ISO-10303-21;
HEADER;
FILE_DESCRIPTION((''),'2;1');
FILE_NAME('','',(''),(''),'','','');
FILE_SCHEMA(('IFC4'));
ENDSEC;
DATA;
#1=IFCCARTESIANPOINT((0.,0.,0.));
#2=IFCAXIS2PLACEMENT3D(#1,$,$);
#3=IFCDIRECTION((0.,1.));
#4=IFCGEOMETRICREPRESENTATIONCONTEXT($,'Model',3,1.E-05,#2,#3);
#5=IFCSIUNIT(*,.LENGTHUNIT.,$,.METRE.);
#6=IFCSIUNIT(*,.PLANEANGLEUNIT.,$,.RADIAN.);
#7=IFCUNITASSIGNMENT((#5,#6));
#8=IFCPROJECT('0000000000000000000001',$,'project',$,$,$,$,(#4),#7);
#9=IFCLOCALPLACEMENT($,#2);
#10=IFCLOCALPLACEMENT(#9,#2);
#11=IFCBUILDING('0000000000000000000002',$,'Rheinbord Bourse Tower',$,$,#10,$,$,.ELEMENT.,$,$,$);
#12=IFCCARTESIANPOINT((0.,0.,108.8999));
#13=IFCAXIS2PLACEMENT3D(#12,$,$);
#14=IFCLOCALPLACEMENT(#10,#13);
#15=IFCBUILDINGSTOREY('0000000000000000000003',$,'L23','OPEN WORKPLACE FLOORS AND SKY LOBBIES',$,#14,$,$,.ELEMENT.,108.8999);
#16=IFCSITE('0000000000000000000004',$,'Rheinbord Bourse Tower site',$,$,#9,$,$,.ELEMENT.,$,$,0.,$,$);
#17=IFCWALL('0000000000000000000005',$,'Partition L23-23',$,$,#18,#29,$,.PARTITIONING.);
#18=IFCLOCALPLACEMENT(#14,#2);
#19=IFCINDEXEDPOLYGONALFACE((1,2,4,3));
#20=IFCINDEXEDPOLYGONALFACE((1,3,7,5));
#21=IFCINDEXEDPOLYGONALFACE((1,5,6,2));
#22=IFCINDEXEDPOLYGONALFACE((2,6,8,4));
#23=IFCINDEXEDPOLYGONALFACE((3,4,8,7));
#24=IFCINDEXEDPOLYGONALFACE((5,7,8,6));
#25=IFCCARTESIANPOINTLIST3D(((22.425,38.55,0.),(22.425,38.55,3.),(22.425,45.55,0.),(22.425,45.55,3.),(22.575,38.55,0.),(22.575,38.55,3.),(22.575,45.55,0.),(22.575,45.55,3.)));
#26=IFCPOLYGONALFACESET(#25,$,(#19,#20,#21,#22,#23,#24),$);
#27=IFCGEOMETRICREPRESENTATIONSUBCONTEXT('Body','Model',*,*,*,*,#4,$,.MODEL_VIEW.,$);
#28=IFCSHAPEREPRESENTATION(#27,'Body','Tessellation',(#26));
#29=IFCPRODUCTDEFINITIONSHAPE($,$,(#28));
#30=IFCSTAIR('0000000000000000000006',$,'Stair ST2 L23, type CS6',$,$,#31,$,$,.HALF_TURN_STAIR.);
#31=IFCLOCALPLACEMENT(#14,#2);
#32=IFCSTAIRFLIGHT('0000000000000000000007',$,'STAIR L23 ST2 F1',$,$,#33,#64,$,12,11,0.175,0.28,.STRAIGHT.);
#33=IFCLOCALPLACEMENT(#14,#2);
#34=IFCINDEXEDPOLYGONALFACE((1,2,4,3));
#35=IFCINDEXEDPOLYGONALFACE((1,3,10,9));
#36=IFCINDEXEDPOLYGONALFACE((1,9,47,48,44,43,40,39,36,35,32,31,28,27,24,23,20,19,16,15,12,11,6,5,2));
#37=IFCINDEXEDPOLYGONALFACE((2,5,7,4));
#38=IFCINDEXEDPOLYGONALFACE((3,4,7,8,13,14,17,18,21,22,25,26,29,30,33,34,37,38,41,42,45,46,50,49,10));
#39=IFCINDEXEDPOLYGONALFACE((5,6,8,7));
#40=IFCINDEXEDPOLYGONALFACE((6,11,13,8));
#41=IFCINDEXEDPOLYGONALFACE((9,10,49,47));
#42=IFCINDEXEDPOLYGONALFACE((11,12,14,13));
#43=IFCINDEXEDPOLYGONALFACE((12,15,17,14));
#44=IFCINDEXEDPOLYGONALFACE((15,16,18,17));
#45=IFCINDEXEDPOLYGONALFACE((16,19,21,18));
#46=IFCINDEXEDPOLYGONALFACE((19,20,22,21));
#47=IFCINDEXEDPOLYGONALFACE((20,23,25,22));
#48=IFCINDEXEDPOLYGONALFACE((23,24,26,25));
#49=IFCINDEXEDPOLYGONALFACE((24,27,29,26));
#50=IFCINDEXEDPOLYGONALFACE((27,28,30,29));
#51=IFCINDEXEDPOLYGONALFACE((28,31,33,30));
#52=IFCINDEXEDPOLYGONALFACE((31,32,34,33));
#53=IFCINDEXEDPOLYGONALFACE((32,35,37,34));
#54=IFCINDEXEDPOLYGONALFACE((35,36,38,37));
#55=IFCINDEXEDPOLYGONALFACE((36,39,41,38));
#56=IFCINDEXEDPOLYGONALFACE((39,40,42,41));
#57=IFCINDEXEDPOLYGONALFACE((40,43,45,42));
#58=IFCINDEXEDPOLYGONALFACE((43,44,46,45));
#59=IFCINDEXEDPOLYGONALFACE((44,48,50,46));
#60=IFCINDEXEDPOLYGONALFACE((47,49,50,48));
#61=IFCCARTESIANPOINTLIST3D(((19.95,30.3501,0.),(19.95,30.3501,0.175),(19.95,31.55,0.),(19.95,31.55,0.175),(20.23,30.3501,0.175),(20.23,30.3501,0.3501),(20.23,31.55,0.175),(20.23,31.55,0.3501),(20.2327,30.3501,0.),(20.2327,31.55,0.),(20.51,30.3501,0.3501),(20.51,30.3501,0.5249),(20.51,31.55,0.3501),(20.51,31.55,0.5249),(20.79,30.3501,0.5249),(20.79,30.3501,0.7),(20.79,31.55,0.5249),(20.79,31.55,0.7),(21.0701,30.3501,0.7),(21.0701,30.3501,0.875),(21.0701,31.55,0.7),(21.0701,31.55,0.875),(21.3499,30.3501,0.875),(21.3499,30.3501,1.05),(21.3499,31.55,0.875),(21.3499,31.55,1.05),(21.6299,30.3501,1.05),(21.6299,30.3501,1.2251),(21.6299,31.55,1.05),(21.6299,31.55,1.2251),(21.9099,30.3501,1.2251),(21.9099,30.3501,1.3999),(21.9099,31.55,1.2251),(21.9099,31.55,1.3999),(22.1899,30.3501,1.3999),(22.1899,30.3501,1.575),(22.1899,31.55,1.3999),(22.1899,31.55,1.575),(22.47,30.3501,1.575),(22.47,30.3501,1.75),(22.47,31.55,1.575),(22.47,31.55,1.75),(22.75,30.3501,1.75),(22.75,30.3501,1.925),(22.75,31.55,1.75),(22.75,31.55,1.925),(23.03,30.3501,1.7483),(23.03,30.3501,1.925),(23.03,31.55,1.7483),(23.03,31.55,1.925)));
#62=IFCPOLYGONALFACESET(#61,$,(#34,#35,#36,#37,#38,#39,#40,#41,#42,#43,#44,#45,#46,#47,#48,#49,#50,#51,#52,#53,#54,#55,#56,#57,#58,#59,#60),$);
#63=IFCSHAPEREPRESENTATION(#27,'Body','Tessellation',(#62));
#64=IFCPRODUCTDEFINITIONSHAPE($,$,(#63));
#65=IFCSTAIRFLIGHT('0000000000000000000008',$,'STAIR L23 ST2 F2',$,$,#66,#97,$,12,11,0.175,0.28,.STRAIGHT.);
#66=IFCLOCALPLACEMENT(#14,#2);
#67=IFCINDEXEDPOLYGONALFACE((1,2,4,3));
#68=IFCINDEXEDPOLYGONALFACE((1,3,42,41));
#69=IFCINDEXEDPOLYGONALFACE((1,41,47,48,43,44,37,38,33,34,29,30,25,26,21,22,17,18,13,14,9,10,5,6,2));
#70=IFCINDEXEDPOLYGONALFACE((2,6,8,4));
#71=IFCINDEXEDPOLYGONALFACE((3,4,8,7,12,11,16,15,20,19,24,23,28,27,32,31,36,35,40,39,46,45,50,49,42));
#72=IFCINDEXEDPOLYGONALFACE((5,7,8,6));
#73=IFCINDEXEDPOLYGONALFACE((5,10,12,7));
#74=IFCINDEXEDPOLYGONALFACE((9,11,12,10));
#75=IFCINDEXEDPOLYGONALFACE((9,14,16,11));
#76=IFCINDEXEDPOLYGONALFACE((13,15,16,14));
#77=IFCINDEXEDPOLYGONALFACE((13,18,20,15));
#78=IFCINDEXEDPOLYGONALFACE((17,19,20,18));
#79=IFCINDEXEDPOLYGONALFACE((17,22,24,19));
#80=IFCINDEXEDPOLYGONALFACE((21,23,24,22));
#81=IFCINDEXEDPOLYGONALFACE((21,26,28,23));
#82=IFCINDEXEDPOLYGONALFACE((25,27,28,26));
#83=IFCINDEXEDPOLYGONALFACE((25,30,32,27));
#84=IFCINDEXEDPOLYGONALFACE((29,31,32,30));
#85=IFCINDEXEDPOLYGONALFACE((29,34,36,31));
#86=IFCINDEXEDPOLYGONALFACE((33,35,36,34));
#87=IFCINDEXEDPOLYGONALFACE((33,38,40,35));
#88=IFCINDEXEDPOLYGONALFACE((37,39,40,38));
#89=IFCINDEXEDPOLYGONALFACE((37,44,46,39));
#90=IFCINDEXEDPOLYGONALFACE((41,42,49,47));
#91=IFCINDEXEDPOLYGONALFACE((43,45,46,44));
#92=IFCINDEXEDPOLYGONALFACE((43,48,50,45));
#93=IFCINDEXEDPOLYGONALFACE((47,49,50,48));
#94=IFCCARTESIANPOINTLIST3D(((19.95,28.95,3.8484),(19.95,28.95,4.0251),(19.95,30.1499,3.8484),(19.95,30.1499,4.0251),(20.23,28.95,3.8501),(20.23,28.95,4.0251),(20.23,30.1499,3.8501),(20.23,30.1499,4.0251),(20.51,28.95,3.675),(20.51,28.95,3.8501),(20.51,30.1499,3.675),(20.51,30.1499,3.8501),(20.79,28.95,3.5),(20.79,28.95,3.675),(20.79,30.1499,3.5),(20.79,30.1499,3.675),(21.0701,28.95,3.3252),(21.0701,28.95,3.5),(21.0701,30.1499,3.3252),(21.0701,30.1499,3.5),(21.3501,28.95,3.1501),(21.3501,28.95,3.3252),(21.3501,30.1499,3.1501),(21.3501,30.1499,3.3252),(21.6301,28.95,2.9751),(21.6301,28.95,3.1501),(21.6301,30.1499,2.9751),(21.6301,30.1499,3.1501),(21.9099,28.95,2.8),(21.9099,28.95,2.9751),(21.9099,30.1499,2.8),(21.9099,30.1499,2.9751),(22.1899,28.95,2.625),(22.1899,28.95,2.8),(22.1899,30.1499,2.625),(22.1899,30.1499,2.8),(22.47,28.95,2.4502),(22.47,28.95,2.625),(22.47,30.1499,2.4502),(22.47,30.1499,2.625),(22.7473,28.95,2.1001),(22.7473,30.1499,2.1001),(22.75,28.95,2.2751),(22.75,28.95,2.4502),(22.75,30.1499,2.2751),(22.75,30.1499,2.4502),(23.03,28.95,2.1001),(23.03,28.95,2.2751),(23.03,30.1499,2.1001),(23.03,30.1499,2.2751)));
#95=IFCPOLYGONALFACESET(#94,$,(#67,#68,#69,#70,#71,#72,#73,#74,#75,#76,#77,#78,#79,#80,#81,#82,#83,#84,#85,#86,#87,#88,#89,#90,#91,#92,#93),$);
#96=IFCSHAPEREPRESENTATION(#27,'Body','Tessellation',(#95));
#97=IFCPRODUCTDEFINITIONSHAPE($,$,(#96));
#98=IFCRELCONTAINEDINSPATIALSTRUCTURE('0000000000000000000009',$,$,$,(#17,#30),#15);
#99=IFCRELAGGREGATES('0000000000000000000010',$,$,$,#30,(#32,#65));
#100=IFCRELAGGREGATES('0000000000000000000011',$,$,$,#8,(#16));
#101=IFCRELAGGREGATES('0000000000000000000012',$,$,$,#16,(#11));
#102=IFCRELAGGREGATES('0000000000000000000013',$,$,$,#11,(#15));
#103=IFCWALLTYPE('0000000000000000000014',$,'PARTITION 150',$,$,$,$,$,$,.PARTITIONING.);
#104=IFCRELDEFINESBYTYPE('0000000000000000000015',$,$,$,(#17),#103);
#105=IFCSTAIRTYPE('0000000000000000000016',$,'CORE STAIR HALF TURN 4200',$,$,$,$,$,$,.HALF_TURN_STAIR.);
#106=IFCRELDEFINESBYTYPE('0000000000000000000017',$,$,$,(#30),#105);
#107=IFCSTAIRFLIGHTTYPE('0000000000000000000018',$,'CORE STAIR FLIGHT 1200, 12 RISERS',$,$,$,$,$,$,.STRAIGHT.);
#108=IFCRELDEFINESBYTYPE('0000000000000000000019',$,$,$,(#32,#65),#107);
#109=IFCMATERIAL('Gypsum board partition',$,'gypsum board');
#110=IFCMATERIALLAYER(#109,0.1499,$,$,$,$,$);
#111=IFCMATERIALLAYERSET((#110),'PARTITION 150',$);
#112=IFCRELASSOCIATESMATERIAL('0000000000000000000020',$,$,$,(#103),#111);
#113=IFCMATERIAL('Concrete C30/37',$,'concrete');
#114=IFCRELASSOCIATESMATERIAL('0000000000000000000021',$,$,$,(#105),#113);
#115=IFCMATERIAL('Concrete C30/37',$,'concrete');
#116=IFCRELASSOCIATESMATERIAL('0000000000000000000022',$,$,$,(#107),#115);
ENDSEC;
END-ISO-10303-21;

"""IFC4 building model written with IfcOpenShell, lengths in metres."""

from ifc_helpers import new_model, si_unit, direction, frame, frame_2d, origin, place, context, subcontext, project, spatial, polyline, rectangle, outline, extrude, material, layer, layer_set, type_object, element, aggregate, save


model = new_model("IFC4")

# Units and contexts
model_context = context("Model", 3, precision=1e-05, world=origin(), true_north=direction((0.0, 1.0)))
body_context = subcontext(model_context, "Body", "Model", "MODEL_VIEW")
ifc_project = project(units=[si_unit("LENGTHUNIT", "METRE"), si_unit("PLANEANGLEUNIT", "RADIAN")], contexts=[model_context])

# Site, building, storey
site_placement = place(None, origin())
site = spatial("IfcSite", under=ifc_project, at=site_placement, Name="Rheinbord Bourse Tower site", CompositionType="ELEMENT", RefElevation=0.0)
building_placement = place(site_placement, origin())
building = spatial("IfcBuilding", under=site, at=building_placement, Name="Rheinbord Bourse Tower", CompositionType="ELEMENT")
storey_placement = place(building_placement, frame((0.0, 0.0, 108.8999)))
storey = spatial("IfcBuildingStorey", under=building, at=storey_placement, Name="L23", Description="OPEN WORKPLACE FLOORS AND SKY LOBBIES", CompositionType="ELEMENT", Elevation=108.8999)

# Wall
ifc_material_1 = material(Name="Gypsum board partition", Category="gypsum board")
ifc_layer_1 = layer(ifc_material_1, 0.1499)
ifc_layer_set_1 = layer_set([ifc_layer_1], Name="PARTITION 150")
wall_type_1 = type_object("IfcWallType", Name="PARTITION 150", PredefinedType="PARTITIONING", material=ifc_layer_set_1)
wall_1_placement = place(storey_placement, frame((22.5, 38.55, 0.0), z_axis=(0.0, 0.0, 1.0), x_axis=(0.0, 1.0, 0.0)))
element("IfcWall", 1, at=wall_1_placement, inside=storey, type_object=wall_type_1, Name="Partition L23-23", PredefinedType="PARTITIONING", context=body_context, shape_type="SweptSolid", body=[
    extrude(rectangle(XDim=7.0, YDim=0.1499, at=frame_2d((3.5, 0.0))), origin(), (0.0, 0.0, 1.0), 3.0),
])

# Stair, stair flights
ifc_material_2 = material(Name="Concrete C30/37", Category="concrete")
stair_type = type_object("IfcStairType", Name="CORE STAIR HALF TURN 4200", PredefinedType="HALF_TURN_STAIR", material=ifc_material_2)
stair_placement = place(storey_placement, origin())
stair = element("IfcStair", 2, at=stair_placement, inside=storey, type_object=stair_type, Name="Stair ST2 L23, type CS6", PredefinedType="HALF_TURN_STAIR")
ifc_material_3 = material(Name="Concrete C30/37", Category="concrete")
stair_flight_type = type_object("IfcStairFlightType", Name="CORE STAIR FLIGHT 1200, 12 RISERS", PredefinedType="STRAIGHT", material=ifc_material_3)
stair_flight_1_placement = place(storey_placement, frame((19.95, 30.95, 0.0), z_axis=(0.0, 0.0, 1.0), x_axis=(1.0, 0.0, 0.0)))
stair_flight_1 = element("IfcStairFlight", 3, at=stair_flight_1_placement, type_object=stair_flight_type, Name="STAIR L23 ST2 F1", NumberOfRisers=12, NumberOfTreads=11, PredefinedType="STRAIGHT", RiserHeight=0.175, TreadLength=0.28, context=body_context, shape_type="SweptSolid", body=[
    extrude(outline(polyline([(0.0, 0.0), (0.0, 0.175), (0.28, 0.175), (0.28, 0.3501), (0.5601, 0.3501), (0.5601, 0.5249), (0.8401, 0.5249), (0.8401, 0.7), (1.1201, 0.7), (1.1201, 0.875), (1.3999, 0.875), (1.3999, 1.05), (1.6799, 1.05), (1.6799, 1.2251), (1.96, 1.2251), (1.96, 1.3999), (2.24, 1.3999), (2.24, 1.575), (2.52, 1.575), (2.52, 1.75), (2.8, 1.75), (2.8, 1.925), (3.0801, 1.925), (3.0801, 2.1001), (3.0801, 1.7483), (0.2827, 0.0), (0.0, 0.0)])), frame((0.0, 0.6001, 0.0), z_axis=(0.0, -1.0, 0.0), x_axis=(1.0, 0.0, 0.0)), (0.0, 0.0, 1.0), 1.2),
])
stair_flight_2_placement = place(storey_placement, frame((23.03, 29.55, 2.1001), z_axis=(0.0, 0.0, 1.0), x_axis=(-1.0, 0.0, 0.0)))
stair_flight_2 = element("IfcStairFlight", 4, at=stair_flight_2_placement, type_object=stair_flight_type, Name="STAIR L23 ST2 F2", NumberOfRisers=12, NumberOfTreads=11, PredefinedType="STRAIGHT", RiserHeight=0.175, TreadLength=0.28, context=body_context, shape_type="SweptSolid", body=[
    extrude(outline(polyline([(0.0, 0.0), (0.0, 0.175), (0.28, 0.175), (0.28, 0.3501), (0.5601, 0.3501), (0.5601, 0.5249), (0.8401, 0.5249), (0.8401, 0.7), (1.1201, 0.7), (1.1201, 0.875), (1.3999, 0.875), (1.3999, 1.05), (1.6799, 1.05), (1.6799, 1.2251), (1.96, 1.2251), (1.96, 1.3999), (2.24, 1.3999), (2.24, 1.575), (2.52, 1.575), (2.52, 1.75), (2.8, 1.75), (2.8, 1.925), (3.0801, 1.925), (3.0801, 2.1001), (3.0801, 1.7483), (0.2827, 0.0), (0.0, 0.0)])), frame((0.0, 0.6001, 0.0), z_axis=(0.0, -1.0, 0.0), x_axis=(1.0, 0.0, 0.0)), (0.0, 0.0, 1.0), 1.2),
])
aggregate(stair, [stair_flight_1, stair_flight_2])

save(model, "model.ifc")
